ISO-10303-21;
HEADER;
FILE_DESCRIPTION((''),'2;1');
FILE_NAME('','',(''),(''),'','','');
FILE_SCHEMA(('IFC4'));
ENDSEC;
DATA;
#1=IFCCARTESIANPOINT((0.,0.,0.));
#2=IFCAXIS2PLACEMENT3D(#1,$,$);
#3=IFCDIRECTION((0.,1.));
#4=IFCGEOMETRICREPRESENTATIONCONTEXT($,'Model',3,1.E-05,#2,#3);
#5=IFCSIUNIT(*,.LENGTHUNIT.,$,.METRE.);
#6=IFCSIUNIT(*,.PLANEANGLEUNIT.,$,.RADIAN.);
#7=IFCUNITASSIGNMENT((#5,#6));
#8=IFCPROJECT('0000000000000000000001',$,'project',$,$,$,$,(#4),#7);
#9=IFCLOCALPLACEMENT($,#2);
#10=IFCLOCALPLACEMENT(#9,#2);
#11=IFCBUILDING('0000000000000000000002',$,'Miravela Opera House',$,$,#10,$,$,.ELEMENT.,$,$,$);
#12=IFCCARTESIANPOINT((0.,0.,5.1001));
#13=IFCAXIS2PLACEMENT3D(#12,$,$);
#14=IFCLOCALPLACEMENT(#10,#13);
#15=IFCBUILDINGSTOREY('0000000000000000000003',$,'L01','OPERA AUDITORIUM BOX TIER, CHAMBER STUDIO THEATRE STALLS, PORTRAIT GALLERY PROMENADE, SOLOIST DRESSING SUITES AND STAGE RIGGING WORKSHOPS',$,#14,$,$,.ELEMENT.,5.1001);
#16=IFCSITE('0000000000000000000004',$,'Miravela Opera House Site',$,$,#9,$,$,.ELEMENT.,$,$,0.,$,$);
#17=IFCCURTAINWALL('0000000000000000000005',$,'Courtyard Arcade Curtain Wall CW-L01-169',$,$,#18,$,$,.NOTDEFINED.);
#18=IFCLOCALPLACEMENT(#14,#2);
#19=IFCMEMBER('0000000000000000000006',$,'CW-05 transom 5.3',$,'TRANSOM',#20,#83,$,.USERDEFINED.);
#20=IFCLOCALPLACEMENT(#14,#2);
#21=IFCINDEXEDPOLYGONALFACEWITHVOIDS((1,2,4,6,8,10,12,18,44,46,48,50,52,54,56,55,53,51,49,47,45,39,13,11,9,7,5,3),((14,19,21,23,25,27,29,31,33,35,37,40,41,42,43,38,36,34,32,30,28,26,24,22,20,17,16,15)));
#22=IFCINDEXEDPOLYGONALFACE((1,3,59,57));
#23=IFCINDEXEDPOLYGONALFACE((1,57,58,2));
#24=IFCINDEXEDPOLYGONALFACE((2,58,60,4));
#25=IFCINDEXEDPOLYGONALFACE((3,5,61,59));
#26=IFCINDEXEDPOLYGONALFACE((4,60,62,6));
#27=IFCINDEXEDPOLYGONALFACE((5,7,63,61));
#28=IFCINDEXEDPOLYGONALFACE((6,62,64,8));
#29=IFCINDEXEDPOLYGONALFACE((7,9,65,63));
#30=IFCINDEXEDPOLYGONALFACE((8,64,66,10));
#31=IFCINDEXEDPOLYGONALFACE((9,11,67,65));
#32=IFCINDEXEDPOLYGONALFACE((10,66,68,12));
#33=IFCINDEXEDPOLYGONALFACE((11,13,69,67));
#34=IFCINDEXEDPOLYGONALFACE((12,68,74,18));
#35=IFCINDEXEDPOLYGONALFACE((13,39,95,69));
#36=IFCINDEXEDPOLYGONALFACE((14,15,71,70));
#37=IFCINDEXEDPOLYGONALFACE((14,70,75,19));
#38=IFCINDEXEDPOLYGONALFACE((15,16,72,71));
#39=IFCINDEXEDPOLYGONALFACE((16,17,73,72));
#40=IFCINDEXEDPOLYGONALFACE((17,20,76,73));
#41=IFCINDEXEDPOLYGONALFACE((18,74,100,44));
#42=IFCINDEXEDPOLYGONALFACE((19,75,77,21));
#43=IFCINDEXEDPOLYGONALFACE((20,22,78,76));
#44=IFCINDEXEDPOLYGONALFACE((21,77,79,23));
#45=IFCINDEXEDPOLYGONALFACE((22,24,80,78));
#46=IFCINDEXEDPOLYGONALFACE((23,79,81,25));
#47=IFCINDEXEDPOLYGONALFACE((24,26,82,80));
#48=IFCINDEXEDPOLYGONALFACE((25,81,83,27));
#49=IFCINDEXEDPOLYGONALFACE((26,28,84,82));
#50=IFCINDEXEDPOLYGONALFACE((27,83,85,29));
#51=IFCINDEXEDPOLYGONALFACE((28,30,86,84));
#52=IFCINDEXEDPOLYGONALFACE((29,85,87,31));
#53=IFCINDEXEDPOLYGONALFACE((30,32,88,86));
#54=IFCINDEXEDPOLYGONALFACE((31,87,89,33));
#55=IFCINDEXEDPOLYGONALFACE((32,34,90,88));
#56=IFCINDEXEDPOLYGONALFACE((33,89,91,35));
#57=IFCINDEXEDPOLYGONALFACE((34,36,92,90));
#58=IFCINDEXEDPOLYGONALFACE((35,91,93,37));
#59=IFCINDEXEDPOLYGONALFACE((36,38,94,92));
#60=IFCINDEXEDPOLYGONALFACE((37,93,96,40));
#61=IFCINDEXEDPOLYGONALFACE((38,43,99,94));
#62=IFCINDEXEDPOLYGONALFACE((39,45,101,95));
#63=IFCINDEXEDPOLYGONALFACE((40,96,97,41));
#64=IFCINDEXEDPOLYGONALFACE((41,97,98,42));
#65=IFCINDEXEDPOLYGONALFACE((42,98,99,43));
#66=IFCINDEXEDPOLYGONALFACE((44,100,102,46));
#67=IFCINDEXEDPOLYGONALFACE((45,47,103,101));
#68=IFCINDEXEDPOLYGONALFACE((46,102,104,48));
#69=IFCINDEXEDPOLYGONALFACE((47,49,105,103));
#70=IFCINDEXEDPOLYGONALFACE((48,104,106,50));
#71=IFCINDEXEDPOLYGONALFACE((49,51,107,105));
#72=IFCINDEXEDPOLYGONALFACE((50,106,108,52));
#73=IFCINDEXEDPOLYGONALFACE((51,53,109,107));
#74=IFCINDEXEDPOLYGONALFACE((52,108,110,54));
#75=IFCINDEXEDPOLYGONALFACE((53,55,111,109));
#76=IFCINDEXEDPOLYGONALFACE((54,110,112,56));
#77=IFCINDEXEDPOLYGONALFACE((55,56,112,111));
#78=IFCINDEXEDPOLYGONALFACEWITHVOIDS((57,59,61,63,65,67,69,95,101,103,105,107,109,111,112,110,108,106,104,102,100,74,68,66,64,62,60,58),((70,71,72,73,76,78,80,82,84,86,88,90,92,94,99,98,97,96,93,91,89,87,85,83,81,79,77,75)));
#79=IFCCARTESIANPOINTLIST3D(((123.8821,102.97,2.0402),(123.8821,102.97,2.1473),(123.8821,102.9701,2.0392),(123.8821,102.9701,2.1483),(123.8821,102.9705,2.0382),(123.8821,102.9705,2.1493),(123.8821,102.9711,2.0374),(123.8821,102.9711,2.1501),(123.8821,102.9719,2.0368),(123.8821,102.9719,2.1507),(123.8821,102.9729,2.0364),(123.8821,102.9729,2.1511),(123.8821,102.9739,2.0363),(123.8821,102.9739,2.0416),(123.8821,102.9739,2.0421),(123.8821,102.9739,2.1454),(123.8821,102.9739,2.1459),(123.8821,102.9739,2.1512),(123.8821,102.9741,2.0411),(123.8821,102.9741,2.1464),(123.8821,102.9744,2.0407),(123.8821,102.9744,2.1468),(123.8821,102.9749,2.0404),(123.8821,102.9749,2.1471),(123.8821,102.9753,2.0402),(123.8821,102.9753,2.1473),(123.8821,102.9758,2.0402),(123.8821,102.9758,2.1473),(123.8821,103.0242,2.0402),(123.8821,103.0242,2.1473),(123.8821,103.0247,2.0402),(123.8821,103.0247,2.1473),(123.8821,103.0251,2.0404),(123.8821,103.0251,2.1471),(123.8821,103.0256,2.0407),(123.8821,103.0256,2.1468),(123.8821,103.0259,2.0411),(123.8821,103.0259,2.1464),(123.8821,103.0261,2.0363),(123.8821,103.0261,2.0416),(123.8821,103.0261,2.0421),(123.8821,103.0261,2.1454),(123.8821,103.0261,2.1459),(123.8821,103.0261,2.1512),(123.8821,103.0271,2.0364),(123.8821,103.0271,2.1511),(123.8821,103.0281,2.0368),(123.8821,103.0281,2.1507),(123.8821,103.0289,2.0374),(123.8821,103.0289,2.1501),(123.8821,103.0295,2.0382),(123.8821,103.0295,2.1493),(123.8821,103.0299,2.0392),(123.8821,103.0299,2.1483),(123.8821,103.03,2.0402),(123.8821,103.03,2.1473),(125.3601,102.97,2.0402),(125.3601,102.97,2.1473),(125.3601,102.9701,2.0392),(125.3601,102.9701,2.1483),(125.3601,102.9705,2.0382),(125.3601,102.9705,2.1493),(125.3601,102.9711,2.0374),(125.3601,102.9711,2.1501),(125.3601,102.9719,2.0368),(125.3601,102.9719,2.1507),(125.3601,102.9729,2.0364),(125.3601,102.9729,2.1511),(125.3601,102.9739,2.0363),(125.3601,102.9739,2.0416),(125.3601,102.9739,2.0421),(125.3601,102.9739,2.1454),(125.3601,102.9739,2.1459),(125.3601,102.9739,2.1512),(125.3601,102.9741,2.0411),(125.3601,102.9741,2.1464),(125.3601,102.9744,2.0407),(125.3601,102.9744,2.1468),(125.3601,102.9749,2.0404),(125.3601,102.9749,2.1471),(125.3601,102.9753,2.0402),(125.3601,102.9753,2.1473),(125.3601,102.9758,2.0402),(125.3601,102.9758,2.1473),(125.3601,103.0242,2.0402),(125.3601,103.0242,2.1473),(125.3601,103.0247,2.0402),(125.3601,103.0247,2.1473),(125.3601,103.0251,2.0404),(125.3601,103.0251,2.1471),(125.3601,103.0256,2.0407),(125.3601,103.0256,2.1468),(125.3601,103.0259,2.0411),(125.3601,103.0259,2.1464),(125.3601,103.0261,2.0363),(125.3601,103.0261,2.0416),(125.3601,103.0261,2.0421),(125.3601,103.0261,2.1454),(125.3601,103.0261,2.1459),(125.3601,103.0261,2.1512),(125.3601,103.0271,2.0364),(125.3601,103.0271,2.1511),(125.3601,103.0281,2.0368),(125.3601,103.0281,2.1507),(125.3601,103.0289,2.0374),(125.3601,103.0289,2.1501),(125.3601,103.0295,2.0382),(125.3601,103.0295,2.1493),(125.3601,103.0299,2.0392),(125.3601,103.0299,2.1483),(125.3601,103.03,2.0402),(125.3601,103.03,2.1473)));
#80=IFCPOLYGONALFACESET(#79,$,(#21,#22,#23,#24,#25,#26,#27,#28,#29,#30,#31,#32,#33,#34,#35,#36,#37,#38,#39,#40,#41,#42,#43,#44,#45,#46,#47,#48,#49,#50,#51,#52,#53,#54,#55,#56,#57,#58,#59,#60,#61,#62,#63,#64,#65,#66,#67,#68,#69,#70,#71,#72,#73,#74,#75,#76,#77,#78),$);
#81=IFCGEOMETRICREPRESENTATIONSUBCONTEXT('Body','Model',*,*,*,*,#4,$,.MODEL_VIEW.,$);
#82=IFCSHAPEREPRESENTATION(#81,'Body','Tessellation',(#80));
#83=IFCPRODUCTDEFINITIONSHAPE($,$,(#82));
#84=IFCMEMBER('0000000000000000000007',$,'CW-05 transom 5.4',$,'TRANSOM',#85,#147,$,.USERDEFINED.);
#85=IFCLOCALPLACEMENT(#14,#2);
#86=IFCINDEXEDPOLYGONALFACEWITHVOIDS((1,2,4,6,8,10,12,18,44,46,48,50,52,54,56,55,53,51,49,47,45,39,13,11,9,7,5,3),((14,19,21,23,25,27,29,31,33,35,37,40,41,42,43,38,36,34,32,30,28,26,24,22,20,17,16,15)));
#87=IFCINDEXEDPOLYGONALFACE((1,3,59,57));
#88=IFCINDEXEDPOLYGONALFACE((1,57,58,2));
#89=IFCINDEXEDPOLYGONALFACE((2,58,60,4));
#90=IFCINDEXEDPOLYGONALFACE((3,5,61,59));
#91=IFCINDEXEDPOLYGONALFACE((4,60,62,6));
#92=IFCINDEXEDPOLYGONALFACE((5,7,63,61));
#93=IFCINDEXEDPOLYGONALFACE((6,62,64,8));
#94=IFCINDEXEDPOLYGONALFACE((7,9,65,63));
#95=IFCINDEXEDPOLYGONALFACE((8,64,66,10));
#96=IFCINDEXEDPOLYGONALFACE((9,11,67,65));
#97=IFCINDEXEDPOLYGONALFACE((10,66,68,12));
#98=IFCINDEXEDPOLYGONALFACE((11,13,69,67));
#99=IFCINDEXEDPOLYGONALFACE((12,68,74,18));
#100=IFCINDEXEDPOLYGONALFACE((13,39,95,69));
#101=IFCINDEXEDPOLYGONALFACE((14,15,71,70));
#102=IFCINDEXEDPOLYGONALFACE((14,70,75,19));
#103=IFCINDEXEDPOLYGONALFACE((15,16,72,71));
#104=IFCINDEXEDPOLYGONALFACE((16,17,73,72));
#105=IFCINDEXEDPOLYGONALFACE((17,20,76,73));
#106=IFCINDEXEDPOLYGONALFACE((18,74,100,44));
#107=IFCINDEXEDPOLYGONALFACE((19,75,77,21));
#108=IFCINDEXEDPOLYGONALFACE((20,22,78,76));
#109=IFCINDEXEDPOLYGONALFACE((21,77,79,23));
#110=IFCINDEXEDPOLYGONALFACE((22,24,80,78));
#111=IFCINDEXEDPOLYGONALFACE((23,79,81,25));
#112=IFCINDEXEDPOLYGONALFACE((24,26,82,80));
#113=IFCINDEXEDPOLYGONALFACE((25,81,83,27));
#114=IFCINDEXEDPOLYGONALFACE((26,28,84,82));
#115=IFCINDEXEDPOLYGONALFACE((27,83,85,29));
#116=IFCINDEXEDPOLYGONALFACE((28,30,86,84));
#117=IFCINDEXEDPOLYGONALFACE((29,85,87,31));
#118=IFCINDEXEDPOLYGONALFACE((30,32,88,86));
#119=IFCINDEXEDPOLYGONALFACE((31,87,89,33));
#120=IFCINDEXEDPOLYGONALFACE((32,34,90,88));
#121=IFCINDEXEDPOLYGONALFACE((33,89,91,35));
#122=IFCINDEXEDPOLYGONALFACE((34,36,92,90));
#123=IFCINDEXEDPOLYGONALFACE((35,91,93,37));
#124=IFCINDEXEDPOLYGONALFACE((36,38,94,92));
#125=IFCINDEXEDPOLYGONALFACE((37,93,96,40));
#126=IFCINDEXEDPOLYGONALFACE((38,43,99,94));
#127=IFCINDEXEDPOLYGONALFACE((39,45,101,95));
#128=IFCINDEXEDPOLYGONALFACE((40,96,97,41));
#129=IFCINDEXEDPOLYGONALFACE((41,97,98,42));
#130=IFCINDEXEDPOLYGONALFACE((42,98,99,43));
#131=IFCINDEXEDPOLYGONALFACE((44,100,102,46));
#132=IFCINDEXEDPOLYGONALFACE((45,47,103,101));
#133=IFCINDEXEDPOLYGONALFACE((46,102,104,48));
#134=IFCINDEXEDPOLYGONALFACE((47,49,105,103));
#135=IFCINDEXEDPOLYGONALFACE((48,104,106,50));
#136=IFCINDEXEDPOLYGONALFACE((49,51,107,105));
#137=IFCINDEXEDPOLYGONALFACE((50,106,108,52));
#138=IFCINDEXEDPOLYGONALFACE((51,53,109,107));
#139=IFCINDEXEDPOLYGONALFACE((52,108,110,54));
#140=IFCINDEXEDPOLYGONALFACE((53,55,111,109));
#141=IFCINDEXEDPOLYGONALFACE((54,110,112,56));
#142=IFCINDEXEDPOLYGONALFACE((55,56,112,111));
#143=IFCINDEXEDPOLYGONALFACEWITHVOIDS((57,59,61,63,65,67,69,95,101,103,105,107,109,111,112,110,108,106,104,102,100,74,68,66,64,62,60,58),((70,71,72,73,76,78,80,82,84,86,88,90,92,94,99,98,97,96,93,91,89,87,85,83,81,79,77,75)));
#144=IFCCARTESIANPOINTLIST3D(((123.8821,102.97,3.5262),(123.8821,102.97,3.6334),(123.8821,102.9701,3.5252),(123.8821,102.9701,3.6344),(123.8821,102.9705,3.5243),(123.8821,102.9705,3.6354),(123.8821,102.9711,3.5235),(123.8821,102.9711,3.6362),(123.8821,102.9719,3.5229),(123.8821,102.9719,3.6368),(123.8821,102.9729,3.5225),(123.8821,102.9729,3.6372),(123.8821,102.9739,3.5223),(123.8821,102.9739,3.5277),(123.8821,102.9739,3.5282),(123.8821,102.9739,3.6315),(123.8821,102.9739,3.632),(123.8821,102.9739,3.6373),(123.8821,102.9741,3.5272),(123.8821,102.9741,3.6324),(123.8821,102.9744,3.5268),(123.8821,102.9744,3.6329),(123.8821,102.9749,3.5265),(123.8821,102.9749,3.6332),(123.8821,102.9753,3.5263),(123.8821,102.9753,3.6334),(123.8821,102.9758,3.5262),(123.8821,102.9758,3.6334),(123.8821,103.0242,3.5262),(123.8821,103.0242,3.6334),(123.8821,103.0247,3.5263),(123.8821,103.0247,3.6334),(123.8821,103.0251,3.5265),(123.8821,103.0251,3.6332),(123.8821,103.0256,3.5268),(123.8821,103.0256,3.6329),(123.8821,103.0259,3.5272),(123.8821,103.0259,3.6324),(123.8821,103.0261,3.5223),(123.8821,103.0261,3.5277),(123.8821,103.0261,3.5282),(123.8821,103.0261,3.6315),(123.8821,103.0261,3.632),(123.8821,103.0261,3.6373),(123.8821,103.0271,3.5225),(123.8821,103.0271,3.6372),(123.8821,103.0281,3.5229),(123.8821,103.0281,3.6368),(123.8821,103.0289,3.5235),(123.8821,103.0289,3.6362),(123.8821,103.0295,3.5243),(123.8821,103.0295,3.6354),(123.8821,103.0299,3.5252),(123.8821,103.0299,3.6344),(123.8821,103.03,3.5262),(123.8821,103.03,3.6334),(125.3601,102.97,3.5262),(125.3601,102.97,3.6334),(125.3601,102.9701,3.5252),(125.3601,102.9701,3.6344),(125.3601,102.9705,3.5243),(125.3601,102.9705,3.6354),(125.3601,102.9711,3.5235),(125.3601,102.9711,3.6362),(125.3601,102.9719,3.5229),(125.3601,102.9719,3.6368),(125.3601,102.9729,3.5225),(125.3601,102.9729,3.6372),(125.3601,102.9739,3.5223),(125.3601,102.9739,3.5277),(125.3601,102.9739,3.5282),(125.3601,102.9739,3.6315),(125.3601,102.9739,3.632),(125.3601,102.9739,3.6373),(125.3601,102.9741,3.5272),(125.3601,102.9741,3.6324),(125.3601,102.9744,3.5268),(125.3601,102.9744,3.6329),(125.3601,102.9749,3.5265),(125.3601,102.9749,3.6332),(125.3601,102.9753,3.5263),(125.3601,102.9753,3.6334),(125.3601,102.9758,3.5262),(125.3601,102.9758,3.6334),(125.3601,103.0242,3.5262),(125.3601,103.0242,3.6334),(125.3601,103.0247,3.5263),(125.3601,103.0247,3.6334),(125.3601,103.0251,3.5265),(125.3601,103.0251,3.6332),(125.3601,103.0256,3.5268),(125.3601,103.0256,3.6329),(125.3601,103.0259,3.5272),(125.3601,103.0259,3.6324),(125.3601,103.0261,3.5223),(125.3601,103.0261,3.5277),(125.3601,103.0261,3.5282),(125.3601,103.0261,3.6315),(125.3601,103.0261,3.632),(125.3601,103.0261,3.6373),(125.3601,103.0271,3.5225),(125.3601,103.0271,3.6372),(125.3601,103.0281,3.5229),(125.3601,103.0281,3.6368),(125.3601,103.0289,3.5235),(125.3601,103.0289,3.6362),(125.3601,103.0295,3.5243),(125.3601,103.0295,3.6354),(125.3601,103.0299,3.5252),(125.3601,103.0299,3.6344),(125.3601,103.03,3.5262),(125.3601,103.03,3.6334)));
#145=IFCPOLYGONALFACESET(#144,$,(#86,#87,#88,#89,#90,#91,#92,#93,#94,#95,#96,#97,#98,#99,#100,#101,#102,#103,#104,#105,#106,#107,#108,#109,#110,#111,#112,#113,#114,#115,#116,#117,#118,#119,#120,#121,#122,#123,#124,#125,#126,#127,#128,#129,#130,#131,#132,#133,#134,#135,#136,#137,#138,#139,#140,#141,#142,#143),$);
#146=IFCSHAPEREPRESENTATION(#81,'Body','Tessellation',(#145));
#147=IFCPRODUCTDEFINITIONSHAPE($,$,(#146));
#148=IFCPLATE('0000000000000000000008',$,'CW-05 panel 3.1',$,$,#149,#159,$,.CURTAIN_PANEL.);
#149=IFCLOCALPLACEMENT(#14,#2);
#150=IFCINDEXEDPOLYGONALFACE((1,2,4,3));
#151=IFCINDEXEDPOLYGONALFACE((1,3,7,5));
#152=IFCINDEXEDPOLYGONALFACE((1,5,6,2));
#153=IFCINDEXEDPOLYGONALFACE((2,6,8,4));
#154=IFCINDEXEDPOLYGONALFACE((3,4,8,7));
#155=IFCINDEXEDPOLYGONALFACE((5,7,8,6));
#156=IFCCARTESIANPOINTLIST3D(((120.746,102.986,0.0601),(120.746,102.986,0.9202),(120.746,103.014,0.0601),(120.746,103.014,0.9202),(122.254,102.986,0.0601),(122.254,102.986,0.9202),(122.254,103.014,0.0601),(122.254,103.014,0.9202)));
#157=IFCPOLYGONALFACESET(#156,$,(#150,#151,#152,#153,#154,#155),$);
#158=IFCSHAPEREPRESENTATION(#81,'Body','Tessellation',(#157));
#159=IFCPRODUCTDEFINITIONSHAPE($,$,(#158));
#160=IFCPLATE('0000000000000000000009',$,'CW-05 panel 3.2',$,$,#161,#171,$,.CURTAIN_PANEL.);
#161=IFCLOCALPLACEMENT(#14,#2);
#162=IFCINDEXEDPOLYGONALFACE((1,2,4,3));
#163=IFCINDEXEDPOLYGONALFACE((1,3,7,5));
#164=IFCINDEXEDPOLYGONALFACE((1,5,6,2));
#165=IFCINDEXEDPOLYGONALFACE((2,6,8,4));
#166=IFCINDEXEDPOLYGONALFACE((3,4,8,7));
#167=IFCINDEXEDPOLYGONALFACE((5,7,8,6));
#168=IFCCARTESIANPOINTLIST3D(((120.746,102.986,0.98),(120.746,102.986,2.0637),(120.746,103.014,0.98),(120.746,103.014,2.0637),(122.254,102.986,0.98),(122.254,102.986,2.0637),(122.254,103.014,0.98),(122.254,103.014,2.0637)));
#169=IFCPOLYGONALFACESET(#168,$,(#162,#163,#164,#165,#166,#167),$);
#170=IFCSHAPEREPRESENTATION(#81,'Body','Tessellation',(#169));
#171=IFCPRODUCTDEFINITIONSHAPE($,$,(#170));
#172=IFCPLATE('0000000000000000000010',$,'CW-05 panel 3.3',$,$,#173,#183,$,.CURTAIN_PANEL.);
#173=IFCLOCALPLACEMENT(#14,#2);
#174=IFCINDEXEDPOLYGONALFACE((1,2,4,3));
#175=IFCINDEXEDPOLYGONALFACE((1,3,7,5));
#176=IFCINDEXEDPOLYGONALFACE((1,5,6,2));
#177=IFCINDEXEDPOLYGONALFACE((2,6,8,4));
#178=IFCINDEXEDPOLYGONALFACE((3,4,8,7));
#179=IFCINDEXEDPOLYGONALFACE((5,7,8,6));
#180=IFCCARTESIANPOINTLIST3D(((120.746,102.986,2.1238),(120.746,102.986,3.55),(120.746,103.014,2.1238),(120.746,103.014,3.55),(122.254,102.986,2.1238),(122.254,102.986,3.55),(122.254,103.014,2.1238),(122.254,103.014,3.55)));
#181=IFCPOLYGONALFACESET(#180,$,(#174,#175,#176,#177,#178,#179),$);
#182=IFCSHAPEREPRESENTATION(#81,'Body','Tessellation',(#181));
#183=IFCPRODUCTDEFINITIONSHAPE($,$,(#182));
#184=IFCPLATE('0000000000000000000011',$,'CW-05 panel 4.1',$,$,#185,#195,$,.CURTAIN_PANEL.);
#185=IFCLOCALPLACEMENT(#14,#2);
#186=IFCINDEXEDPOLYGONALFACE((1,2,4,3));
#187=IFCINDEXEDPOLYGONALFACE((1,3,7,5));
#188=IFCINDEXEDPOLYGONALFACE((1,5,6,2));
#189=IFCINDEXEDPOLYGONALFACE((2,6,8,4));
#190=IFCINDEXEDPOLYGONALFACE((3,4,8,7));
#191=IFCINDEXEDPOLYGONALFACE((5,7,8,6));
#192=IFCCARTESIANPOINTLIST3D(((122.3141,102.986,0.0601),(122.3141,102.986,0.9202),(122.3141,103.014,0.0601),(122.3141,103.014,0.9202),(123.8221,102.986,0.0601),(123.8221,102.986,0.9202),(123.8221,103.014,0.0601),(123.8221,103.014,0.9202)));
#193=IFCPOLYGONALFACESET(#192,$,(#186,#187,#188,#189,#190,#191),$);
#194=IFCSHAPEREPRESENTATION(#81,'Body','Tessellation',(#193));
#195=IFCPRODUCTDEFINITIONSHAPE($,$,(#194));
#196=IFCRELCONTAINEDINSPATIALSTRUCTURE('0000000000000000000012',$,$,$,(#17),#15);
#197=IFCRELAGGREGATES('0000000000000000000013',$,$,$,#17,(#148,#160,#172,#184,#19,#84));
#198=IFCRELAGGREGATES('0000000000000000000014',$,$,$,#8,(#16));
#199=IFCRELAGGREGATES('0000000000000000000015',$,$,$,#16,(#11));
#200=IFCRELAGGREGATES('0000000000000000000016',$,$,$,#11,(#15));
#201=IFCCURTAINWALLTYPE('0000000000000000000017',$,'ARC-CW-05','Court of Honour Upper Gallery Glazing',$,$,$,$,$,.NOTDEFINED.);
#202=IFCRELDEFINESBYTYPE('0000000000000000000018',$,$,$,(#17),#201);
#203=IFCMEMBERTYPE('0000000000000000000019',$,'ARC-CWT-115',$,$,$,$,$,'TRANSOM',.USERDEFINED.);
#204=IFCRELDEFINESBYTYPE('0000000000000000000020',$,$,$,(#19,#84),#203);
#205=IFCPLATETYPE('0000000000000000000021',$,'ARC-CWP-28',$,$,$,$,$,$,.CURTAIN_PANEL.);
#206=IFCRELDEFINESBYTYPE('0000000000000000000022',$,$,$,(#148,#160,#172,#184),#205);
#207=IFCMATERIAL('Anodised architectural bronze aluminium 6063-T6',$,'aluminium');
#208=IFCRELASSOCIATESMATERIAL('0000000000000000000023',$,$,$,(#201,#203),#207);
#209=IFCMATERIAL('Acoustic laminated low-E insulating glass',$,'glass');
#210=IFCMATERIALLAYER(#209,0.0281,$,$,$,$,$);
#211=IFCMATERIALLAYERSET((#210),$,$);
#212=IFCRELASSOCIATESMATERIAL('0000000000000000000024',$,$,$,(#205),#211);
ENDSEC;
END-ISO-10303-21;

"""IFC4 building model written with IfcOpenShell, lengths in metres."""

from ifc_helpers import new_model, si_unit, direction, frame, origin, origin_2d, place, context, subcontext, project, spatial, rectangle, hollow_rectangle, extrude, material, layer, layer_set, material_profile, profile_set, type_object, element, aggregate, save


model = new_model("IFC4")

# Units and contexts
model_context = context("Model", 3, precision=1e-05, world=origin(), true_north=direction((0.0, 1.0)))
body_context = subcontext(model_context, "Body", "Model", "MODEL_VIEW")
ifc_project = project(units=[si_unit("LENGTHUNIT", "METRE"), si_unit("PLANEANGLEUNIT", "RADIAN")], contexts=[model_context])

# Site, building, storey
site_placement = place(None, origin())
site = spatial("IfcSite", under=ifc_project, at=site_placement, Name="Miravela Opera House Site", CompositionType="ELEMENT", RefElevation=0.0)
building_placement = place(site_placement, origin())
building = spatial("IfcBuilding", under=site, at=building_placement, Name="Miravela Opera House", CompositionType="ELEMENT")
storey_placement = place(building_placement, frame((0.0, 0.0, 5.1001)))
storey = spatial("IfcBuildingStorey", under=building, at=storey_placement, Name="L01", Description="OPERA AUDITORIUM BOX TIER, CHAMBER STUDIO THEATRE STALLS, PORTRAIT GALLERY PROMENADE, SOLOIST DRESSING SUITES AND STAGE RIGGING WORKSHOPS", CompositionType="ELEMENT", Elevation=5.1001)

# Curtain wall, members, plates
ifc_material_1 = material(Name="Anodised architectural bronze aluminium 6063-T6", Category="aluminium")
curtain_wall_type = type_object("IfcCurtainWallType", Name="ARC-CW-05", Description="Court of Honour Upper Gallery Glazing", PredefinedType="NOTDEFINED", material=ifc_material_1)
curtain_wall_placement = place(storey_placement, origin())
curtain_wall = element("IfcCurtainWall", 1, at=curtain_wall_placement, inside=storey, type_object=curtain_wall_type, Name="Courtyard Arcade Curtain Wall CW-L01-169", PredefinedType="NOTDEFINED")
ifc_material_profile_1 = material_profile(ifc_material_1, hollow_rectangle(XDim=0.0601, YDim=0.115, WallThickness=0.0039, InnerFilletRadius=0.002, OuterFilletRadius=0.0039, at=origin_2d()), Name="CWT-60X115")
ifc_profile_set_1 = profile_set([ifc_material_profile_1])
member_type_1 = type_object("IfcMemberType", Name="ARC-CWT-115", ElementType="TRANSOM", PredefinedType="USERDEFINED", material=ifc_profile_set_1)
member_1_placement = place(storey_placement, frame((123.8821, 103.0, 2.0938), z_axis=(1.0, 0.0, 0.0), x_axis=(0.0, 1.0, 0.0)))
member_1 = element("IfcMember", 2, at=member_1_placement, type_object=member_type_1, Name="CW-05 transom 5.3", ObjectType="TRANSOM", PredefinedType="USERDEFINED", context=body_context, shape_type="SweptSolid", body=[
    extrude(hollow_rectangle(XDim=0.0601, YDim=0.115, WallThickness=0.0039, InnerFilletRadius=0.002, OuterFilletRadius=0.0039, at=origin_2d()), origin(), (0.0, 0.0, 1.0), 1.478),
])
member_2_placement = place(storey_placement, frame((123.8821, 103.0, 3.5798), z_axis=(1.0, 0.0, 0.0), x_axis=(0.0, 1.0, 0.0)))
member_2 = element("IfcMember", 3, at=member_2_placement, type_object=member_type_1, Name="CW-05 transom 5.4", ObjectType="TRANSOM", PredefinedType="USERDEFINED", context=body_context, shape_type="SweptSolid", body=[
    extrude(hollow_rectangle(XDim=0.0601, YDim=0.115, WallThickness=0.0039, InnerFilletRadius=0.002, OuterFilletRadius=0.0039, at=origin_2d()), origin(), (0.0, 0.0, 1.0), 1.478),
])
ifc_material_2 = material(Name="Acoustic laminated low-E insulating glass", Category="glass")
ifc_layer = layer(ifc_material_2, 0.0281)
ifc_layer_set = layer_set([ifc_layer])
plate_type = type_object("IfcPlateType", Name="ARC-CWP-28", PredefinedType="CURTAIN_PANEL", material=ifc_layer_set)
plate_1_placement = place(storey_placement, frame((121.5, 103.0, 0.0601), z_axis=(0.0, 0.0, 1.0), x_axis=(1.0, 0.0, 0.0)))
plate_1 = element("IfcPlate", 4, at=plate_1_placement, type_object=plate_type, Name="CW-05 panel 3.1", PredefinedType="CURTAIN_PANEL", context=body_context, shape_type="SweptSolid", body=[
    extrude(rectangle(XDim=1.5081, YDim=0.0281, at=origin_2d()), origin(), (0.0, 0.0, 1.0), 0.8601),
])
plate_2_placement = place(storey_placement, frame((121.5, 103.0, 0.98), z_axis=(0.0, 0.0, 1.0), x_axis=(1.0, 0.0, 0.0)))
plate_2 = element("IfcPlate", 5, at=plate_2_placement, type_object=plate_type, Name="CW-05 panel 3.2", PredefinedType="CURTAIN_PANEL", context=body_context, shape_type="SweptSolid", body=[
    extrude(rectangle(XDim=1.5081, YDim=0.0281, at=origin_2d()), origin(), (0.0, 0.0, 1.0), 1.0837),
])
plate_3_placement = place(storey_placement, frame((121.5, 103.0, 2.1238), z_axis=(0.0, 0.0, 1.0), x_axis=(1.0, 0.0, 0.0)))
plate_3 = element("IfcPlate", 6, at=plate_3_placement, type_object=plate_type, Name="CW-05 panel 3.3", PredefinedType="CURTAIN_PANEL", context=body_context, shape_type="SweptSolid", body=[
    extrude(rectangle(XDim=1.5081, YDim=0.0281, at=origin_2d()), origin(), (0.0, 0.0, 1.0), 1.4263),
])
plate_4_placement = place(storey_placement, frame((123.0681, 103.0, 0.0601), z_axis=(0.0, 0.0, 1.0), x_axis=(1.0, 0.0, 0.0)))
plate_4 = element("IfcPlate", 7, at=plate_4_placement, type_object=plate_type, Name="CW-05 panel 4.1", PredefinedType="CURTAIN_PANEL", context=body_context, shape_type="SweptSolid", body=[
    extrude(rectangle(XDim=1.5081, YDim=0.0281, at=origin_2d()), origin(), (0.0, 0.0, 1.0), 0.8601),
])
aggregate(curtain_wall, [plate_1, plate_2, plate_3, plate_4, member_1, member_2])

save(model, "model.ifc")
